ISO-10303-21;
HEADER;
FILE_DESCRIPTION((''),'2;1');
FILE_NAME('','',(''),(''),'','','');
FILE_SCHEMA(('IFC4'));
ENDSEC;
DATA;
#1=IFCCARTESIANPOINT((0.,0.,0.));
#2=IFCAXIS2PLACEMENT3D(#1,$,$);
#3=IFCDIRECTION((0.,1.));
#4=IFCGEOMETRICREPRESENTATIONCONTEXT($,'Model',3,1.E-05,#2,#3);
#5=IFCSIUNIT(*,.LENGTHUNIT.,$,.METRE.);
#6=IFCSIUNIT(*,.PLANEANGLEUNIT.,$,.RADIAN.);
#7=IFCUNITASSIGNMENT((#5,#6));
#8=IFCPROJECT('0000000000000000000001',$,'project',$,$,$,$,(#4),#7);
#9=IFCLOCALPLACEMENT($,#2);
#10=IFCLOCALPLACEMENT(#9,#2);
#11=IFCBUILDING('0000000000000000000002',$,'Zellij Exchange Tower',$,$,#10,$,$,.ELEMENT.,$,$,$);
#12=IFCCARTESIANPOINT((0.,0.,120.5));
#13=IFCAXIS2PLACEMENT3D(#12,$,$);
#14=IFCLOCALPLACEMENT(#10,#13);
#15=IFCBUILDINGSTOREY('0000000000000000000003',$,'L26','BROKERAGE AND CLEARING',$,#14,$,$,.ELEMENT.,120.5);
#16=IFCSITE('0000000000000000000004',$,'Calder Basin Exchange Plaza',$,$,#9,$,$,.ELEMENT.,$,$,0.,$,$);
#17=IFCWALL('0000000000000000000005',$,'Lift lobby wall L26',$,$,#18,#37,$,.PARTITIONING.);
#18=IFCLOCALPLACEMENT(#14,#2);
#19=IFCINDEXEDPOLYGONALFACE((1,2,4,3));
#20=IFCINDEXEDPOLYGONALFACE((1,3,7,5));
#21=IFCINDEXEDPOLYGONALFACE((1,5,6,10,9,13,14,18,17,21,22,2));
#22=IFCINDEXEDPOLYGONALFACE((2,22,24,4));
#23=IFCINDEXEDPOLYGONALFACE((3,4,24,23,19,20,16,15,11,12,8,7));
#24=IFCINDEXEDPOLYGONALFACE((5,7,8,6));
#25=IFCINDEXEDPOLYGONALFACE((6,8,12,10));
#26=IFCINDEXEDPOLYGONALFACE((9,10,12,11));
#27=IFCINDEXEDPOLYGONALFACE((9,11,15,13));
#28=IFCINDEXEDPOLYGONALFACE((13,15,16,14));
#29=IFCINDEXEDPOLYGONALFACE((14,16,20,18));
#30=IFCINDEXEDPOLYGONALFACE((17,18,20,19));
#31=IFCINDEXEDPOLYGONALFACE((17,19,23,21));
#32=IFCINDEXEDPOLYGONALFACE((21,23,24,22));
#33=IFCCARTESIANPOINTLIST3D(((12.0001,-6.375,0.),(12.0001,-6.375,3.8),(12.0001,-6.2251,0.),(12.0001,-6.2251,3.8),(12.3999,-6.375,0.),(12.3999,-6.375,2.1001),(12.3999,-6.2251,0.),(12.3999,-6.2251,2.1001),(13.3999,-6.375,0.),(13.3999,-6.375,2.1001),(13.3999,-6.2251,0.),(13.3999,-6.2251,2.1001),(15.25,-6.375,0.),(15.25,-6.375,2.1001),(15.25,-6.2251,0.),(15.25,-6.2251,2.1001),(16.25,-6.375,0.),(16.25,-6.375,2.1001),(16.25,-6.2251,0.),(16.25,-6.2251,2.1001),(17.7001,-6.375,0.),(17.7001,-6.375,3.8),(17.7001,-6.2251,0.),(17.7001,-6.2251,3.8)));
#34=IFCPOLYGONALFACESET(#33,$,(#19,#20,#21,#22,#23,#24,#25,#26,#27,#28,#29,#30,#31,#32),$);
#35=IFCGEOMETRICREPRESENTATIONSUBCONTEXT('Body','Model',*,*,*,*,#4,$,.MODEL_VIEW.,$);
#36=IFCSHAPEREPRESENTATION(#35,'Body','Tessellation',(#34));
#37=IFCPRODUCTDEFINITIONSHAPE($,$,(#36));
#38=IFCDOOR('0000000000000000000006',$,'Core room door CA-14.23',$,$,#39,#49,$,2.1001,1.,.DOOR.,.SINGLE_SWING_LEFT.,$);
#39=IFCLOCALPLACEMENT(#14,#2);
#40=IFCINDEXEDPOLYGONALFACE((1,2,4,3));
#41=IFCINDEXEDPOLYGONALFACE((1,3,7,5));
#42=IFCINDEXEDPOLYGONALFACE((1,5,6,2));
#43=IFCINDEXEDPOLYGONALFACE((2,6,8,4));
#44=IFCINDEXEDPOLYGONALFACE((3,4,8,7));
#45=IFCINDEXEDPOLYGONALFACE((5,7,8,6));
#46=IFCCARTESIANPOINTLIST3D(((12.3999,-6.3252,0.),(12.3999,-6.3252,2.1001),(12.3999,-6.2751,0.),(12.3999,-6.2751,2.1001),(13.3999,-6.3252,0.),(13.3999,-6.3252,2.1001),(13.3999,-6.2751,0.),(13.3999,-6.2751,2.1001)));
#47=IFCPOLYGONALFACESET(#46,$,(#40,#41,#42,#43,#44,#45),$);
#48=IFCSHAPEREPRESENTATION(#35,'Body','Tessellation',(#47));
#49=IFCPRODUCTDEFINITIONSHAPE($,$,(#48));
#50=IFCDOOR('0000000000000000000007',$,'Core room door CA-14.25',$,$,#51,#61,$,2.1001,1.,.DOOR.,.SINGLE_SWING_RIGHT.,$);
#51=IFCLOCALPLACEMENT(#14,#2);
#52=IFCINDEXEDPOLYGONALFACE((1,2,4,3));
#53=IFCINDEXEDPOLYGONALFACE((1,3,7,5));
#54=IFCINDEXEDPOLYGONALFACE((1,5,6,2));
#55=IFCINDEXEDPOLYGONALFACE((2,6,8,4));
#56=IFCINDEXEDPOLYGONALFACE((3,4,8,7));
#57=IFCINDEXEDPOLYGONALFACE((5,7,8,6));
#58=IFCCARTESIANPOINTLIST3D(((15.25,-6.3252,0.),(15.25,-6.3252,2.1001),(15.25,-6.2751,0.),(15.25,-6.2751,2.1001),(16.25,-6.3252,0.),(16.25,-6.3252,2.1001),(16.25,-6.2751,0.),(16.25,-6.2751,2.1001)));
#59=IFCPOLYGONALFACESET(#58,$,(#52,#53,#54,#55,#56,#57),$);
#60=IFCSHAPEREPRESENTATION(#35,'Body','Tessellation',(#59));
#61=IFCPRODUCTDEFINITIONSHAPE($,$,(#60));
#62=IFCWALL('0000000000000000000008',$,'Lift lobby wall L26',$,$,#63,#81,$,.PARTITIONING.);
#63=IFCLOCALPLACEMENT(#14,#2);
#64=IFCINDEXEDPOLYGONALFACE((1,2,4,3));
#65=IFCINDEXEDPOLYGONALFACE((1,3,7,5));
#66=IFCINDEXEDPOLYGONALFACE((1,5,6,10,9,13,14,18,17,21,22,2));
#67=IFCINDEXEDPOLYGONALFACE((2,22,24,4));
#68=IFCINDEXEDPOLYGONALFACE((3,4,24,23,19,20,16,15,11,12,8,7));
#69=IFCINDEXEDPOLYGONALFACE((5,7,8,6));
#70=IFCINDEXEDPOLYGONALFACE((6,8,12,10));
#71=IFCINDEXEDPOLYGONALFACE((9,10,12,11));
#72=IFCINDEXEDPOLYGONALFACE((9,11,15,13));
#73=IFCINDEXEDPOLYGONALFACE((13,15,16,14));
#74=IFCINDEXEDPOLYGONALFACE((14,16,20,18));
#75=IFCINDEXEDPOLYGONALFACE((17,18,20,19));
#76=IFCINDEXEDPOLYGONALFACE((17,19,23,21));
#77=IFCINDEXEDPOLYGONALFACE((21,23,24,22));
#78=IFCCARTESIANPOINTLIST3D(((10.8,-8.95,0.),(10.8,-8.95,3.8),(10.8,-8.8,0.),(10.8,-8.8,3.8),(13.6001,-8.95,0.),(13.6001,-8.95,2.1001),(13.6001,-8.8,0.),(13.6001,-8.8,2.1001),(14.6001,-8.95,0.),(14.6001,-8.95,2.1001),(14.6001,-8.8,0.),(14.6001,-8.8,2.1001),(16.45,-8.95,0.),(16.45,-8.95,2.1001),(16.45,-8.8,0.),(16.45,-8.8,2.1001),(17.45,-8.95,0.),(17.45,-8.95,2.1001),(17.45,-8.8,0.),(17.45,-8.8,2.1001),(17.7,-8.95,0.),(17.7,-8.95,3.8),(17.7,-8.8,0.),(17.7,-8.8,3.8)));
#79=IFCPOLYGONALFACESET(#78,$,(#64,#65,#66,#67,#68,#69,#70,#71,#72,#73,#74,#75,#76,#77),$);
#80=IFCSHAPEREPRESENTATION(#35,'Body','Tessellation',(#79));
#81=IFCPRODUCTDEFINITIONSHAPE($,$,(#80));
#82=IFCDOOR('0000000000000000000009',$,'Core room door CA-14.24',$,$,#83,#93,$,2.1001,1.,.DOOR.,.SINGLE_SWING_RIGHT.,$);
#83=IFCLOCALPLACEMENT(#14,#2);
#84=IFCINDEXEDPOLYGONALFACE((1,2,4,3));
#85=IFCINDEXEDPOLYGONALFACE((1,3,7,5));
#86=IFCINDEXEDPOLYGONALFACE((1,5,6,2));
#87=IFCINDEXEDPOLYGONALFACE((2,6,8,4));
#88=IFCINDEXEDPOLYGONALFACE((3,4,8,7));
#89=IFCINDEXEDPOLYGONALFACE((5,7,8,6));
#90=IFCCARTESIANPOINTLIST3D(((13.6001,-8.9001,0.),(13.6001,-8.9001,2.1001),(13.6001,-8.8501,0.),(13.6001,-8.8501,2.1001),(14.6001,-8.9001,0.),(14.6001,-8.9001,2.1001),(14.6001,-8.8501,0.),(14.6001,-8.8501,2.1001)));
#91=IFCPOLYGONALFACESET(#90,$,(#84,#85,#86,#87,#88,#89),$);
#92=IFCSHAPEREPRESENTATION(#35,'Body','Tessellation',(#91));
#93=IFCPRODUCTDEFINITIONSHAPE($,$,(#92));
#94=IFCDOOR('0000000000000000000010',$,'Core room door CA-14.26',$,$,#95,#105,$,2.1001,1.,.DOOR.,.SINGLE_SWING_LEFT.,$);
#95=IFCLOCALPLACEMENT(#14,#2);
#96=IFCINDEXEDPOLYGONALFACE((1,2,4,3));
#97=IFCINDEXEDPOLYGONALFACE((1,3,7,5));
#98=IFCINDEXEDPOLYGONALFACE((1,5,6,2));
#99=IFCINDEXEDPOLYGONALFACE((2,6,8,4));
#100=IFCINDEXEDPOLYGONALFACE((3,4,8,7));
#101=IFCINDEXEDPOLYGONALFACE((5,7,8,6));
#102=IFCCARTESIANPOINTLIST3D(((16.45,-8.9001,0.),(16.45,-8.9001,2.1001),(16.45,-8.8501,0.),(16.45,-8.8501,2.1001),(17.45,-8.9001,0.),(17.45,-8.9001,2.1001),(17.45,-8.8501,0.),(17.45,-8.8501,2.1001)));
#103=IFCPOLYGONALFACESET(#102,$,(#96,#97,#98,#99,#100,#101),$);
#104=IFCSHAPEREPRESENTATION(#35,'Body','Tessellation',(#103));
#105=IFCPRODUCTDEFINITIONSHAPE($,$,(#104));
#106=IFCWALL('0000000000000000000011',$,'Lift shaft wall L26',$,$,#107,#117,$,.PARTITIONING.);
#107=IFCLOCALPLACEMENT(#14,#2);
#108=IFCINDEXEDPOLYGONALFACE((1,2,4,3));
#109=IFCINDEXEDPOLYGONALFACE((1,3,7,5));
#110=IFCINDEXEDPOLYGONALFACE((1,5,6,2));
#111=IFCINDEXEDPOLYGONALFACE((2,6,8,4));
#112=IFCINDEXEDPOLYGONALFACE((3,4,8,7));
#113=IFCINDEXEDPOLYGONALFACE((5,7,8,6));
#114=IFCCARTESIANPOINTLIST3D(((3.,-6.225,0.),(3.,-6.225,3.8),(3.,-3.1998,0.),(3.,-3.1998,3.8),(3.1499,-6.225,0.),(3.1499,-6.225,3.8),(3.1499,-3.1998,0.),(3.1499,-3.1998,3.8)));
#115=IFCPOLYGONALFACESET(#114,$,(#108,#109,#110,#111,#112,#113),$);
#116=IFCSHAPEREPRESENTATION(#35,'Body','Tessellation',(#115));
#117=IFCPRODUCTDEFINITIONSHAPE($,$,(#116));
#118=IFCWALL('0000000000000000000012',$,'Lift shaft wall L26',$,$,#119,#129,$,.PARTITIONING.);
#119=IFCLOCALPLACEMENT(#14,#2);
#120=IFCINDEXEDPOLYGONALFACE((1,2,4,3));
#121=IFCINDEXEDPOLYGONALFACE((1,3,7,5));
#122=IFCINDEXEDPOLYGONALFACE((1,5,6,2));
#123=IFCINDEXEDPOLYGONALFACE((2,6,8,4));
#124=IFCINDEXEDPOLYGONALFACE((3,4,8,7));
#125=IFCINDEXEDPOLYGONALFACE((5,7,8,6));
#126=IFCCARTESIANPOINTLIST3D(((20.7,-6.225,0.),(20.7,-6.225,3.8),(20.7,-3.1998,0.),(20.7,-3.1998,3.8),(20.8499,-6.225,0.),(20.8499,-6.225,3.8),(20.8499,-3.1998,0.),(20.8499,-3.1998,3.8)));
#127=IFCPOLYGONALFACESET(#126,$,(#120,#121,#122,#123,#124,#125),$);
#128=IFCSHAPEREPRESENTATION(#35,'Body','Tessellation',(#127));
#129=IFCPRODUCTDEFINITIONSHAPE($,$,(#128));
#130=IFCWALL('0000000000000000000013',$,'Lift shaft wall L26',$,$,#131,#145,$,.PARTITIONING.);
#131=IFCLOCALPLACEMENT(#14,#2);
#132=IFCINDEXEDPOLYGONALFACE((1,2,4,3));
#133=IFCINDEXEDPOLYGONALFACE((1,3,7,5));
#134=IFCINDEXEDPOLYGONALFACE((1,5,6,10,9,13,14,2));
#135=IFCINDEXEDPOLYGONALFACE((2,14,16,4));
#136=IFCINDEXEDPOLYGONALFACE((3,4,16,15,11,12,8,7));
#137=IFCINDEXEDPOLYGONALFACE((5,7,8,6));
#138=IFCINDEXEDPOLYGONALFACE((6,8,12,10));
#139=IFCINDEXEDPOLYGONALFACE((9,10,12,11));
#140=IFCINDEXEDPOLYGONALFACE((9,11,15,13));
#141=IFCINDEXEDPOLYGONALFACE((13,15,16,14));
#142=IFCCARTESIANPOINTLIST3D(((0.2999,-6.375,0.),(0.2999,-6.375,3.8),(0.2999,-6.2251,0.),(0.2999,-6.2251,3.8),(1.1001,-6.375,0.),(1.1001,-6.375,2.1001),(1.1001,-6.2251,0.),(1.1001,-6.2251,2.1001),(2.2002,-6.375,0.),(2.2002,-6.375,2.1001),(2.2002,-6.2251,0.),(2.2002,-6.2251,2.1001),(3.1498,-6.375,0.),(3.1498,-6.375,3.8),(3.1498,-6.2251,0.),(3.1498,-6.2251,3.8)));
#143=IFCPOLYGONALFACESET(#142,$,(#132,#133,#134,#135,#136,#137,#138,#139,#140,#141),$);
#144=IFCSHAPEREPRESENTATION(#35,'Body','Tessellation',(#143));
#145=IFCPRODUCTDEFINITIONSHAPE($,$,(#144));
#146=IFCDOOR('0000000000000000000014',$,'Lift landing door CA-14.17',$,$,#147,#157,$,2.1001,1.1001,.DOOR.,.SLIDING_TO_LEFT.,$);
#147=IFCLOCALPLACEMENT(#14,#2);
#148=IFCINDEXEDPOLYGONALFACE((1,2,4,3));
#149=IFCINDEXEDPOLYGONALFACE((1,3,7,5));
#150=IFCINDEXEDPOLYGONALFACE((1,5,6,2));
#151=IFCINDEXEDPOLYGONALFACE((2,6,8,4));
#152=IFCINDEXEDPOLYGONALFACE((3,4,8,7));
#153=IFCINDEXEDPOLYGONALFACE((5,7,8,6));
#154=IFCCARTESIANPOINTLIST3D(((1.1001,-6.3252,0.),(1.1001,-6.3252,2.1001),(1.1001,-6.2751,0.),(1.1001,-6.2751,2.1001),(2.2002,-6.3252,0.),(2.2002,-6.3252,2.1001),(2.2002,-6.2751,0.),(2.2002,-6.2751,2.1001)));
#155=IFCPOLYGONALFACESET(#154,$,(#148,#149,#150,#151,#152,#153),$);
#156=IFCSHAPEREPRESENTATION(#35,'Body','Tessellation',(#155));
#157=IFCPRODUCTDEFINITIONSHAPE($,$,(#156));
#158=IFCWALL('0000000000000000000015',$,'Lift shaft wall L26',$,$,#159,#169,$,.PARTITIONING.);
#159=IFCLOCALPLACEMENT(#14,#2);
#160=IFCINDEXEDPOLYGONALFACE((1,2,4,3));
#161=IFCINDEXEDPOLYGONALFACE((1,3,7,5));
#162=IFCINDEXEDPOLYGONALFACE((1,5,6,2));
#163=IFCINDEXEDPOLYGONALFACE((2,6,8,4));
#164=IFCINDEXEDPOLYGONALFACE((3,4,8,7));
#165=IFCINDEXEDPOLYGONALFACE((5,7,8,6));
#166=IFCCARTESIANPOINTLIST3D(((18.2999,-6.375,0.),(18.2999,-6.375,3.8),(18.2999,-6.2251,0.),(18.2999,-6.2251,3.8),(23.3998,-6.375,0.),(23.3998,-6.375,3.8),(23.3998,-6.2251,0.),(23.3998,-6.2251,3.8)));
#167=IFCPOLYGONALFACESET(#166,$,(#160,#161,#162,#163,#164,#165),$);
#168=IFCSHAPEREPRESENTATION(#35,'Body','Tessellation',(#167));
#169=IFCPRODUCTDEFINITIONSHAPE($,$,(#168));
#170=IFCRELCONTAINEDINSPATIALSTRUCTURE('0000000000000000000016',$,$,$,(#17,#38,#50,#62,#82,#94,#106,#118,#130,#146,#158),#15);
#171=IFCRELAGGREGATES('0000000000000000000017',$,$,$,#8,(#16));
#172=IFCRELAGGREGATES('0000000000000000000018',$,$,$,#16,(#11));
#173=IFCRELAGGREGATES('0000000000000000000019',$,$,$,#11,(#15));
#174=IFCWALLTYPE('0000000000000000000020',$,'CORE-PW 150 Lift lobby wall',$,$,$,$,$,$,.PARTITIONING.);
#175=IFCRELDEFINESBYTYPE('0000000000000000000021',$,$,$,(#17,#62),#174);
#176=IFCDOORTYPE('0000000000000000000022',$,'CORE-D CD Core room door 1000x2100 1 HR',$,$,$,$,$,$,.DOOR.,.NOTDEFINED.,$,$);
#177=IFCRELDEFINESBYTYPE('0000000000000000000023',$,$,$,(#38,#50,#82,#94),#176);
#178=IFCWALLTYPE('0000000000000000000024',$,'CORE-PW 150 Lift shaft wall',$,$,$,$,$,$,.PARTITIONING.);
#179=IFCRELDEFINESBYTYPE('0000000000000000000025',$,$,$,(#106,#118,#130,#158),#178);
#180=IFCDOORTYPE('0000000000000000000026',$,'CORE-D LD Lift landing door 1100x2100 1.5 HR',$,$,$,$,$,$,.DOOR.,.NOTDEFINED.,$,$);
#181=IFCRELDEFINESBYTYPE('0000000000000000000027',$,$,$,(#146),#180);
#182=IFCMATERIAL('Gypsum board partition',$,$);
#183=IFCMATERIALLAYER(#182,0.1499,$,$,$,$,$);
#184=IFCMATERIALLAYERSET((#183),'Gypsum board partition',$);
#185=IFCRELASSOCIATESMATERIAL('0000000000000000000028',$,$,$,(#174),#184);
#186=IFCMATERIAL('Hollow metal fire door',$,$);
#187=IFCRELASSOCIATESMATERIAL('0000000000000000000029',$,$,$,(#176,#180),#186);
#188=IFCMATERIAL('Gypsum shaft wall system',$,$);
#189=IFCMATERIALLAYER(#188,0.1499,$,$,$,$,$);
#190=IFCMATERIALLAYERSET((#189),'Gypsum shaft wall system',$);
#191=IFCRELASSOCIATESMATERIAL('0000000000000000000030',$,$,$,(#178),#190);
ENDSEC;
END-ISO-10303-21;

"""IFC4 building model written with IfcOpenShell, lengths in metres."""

from ifc_helpers import new_model, si_unit, direction, frame, frame_2d, origin, place, context, subcontext, project, spatial, rectangle, extrude, material, layer, layer_set, type_object, element, fill, save


model = new_model("IFC4")

# Units and contexts
model_context = context("Model", 3, precision=1e-05, world=origin(), true_north=direction((0.0, 1.0)))
body_context = subcontext(model_context, "Body", "Model", "MODEL_VIEW")
ifc_project = project(units=[si_unit("LENGTHUNIT", "METRE"), si_unit("PLANEANGLEUNIT", "RADIAN")], contexts=[model_context])

# Site, building, storey
site_placement = place(None, origin())
site = spatial("IfcSite", under=ifc_project, at=site_placement, Name="Calder Basin Exchange Plaza", CompositionType="ELEMENT", RefElevation=0.0)
building_placement = place(site_placement, origin())
building = spatial("IfcBuilding", under=site, at=building_placement, Name="Zellij Exchange Tower", CompositionType="ELEMENT")
storey_placement = place(building_placement, frame((0.0, 0.0, 120.5)))
storey = spatial("IfcBuildingStorey", under=building, at=storey_placement, Name="L26", Description="BROKERAGE AND CLEARING", CompositionType="ELEMENT", Elevation=120.5)

# Shared definitions
ifc_material_1 = material(Name="Gypsum shaft wall system")
ifc_material_2 = material(Name="Hollow metal fire door")

# Shared definitions
ifc_material_3 = material(Name="Gypsum board partition")
ifc_layer_1 = layer(ifc_material_3, 0.1499)
ifc_layer_set_1 = layer_set([ifc_layer_1], Name="Gypsum board partition")
wall_type_1 = type_object("IfcWallType", Name="CORE-PW 150 Lift lobby wall", PredefinedType="PARTITIONING", material=ifc_layer_set_1)

# Walls, openings, doors
wall_1_placement = place(storey_placement, frame((12.0, -6.3, 0.0), z_axis=(0.0, 0.0, 1.0), x_axis=(1.0, 0.0, 0.0)))
wall_1 = element("IfcWall", 1, at=wall_1_placement, inside=storey, type_object=wall_type_1, Name="Lift lobby wall L26", PredefinedType="PARTITIONING", context=body_context, shape_type="SweptSolid", body=[
    extrude(rectangle(XDim=5.7, YDim=0.1499, at=frame_2d((2.8501, 0.0))), origin(), (0.0, 0.0, 1.0), 3.8),
])
opening_1_placement = place(wall_1_placement, frame((0.3999, 0.0, 0.0)))
opening_1 = element("IfcOpeningElement", 2, at=opening_1_placement, cuts=wall_1, PredefinedType="OPENING", context=body_context, shape_type="SweptSolid", body=[
    extrude(rectangle(XDim=1.0, YDim=2.1001, at=frame_2d((0.5, 1.05))), frame((0.0, 0.0869, 0.0), z_axis=(0.0, -1.0, 0.0), x_axis=(1.0, 0.0, 0.0)), (0.0, 0.0, 1.0), 0.1738),
])
opening_2_placement = place(wall_1_placement, frame((3.25, 0.0, 0.0)))
opening_2 = element("IfcOpeningElement", 3, at=opening_2_placement, cuts=wall_1, PredefinedType="OPENING", context=body_context, shape_type="SweptSolid", body=[
    extrude(rectangle(XDim=1.0, YDim=2.1001, at=frame_2d((0.5, 1.05))), frame((0.0, 0.0869, 0.0), z_axis=(0.0, -1.0, 0.0), x_axis=(1.0, 0.0, 0.0)), (0.0, 0.0, 1.0), 0.1738),
])
door_type_1 = type_object("IfcDoorType", Name="CORE-D CD Core room door 1000x2100 1 HR", OperationType="NOTDEFINED", PredefinedType="DOOR", material=ifc_material_2)
door_1_placement = place(opening_1_placement, origin())
door_1 = element("IfcDoor", 4, at=door_1_placement, inside=storey, type_object=door_type_1, Name="Core room door CA-14.23", OperationType="SINGLE_SWING_LEFT", OverallHeight=2.1001, OverallWidth=1.0, PredefinedType="DOOR", context=body_context, shape_type="SweptSolid", body=[
    extrude(rectangle(XDim=1.0, YDim=2.1001, at=frame_2d((0.5, 1.05))), frame((0.0, 0.0249, 0.0), z_axis=(0.0, -1.0, 0.0), x_axis=(1.0, 0.0, 0.0)), (0.0, 0.0, 1.0), 0.05),
])
fill(opening_1, door_1)
door_2_placement = place(opening_2_placement, origin())
door_2 = element("IfcDoor", 5, at=door_2_placement, inside=storey, type_object=door_type_1, Name="Core room door CA-14.25", OperationType="SINGLE_SWING_RIGHT", OverallHeight=2.1001, OverallWidth=1.0, PredefinedType="DOOR", context=body_context, shape_type="SweptSolid", body=[
    extrude(rectangle(XDim=1.0, YDim=2.1001, at=frame_2d((0.5, 1.05))), frame((0.0, 0.0249, 0.0), z_axis=(0.0, -1.0, 0.0), x_axis=(1.0, 0.0, 0.0)), (0.0, 0.0, 1.0), 0.05),
])
fill(opening_2, door_2)
wall_2_placement = place(storey_placement, frame((10.8, -8.875, 0.0), z_axis=(0.0, 0.0, 1.0), x_axis=(1.0, 0.0, 0.0)))
wall_2 = element("IfcWall", 6, at=wall_2_placement, inside=storey, type_object=wall_type_1, Name="Lift lobby wall L26", PredefinedType="PARTITIONING", context=body_context, shape_type="SweptSolid", body=[
    extrude(rectangle(XDim=6.8999, YDim=0.1499, at=frame_2d((3.45, 0.0))), origin(), (0.0, 0.0, 1.0), 3.8),
])
opening_3_placement = place(wall_2_placement, frame((2.8, 0.0, 0.0)))
opening_3 = element("IfcOpeningElement", 7, at=opening_3_placement, cuts=wall_2, PredefinedType="OPENING", context=body_context, shape_type="SweptSolid", body=[
    extrude(rectangle(XDim=1.0, YDim=2.1001, at=frame_2d((0.5, 1.05))), frame((0.0, 0.0869, 0.0), z_axis=(0.0, -1.0, 0.0), x_axis=(1.0, 0.0, 0.0)), (0.0, 0.0, 1.0), 0.1738),
])
opening_4_placement = place(wall_2_placement, frame((5.6499, 0.0, 0.0)))
opening_4 = element("IfcOpeningElement", 8, at=opening_4_placement, cuts=wall_2, PredefinedType="OPENING", context=body_context, shape_type="SweptSolid", body=[
    extrude(rectangle(XDim=1.0, YDim=2.1001, at=frame_2d((0.5, 1.05))), frame((0.0, 0.0869, 0.0), z_axis=(0.0, -1.0, 0.0), x_axis=(1.0, 0.0, 0.0)), (0.0, 0.0, 1.0), 0.1738),
])
door_3_placement = place(opening_3_placement, origin())
door_3 = element("IfcDoor", 9, at=door_3_placement, inside=storey, type_object=door_type_1, Name="Core room door CA-14.24", OperationType="SINGLE_SWING_RIGHT", OverallHeight=2.1001, OverallWidth=1.0, PredefinedType="DOOR", context=body_context, shape_type="SweptSolid", body=[
    extrude(rectangle(XDim=1.0, YDim=2.1001, at=frame_2d((0.5, 1.05))), frame((0.0, 0.0249, 0.0), z_axis=(0.0, -1.0, 0.0), x_axis=(1.0, 0.0, 0.0)), (0.0, 0.0, 1.0), 0.05),
])
fill(opening_3, door_3)
door_4_placement = place(opening_4_placement, origin())
door_4 = element("IfcDoor", 10, at=door_4_placement, inside=storey, type_object=door_type_1, Name="Core room door CA-14.26", OperationType="SINGLE_SWING_LEFT", OverallHeight=2.1001, OverallWidth=1.0, PredefinedType="DOOR", context=body_context, shape_type="SweptSolid", body=[
    extrude(rectangle(XDim=1.0, YDim=2.1001, at=frame_2d((0.5, 1.05))), frame((0.0, 0.0249, 0.0), z_axis=(0.0, -1.0, 0.0), x_axis=(1.0, 0.0, 0.0)), (0.0, 0.0, 1.0), 0.05),
])
fill(opening_4, door_4)

# Walls
ifc_layer_2 = layer(ifc_material_1, 0.1499)
ifc_layer_set_2 = layer_set([ifc_layer_2], Name="Gypsum shaft wall system")
wall_type_2 = type_object("IfcWallType", Name="CORE-PW 150 Lift shaft wall", PredefinedType="PARTITIONING", material=ifc_layer_set_2)
for number, where, z_axis, x_axis, name in (
    (11, (3.075, -6.2251, 0.0), (0.0, 0.0, 1.0), (0.0, 1.0, 0.0), "Lift shaft wall L26"),
    (12, (20.7749, -6.2251, 0.0), (0.0, 0.0, 1.0), (0.0, 1.0, 0.0), "Lift shaft wall L26"),
):
    element("IfcWall", number, at=place(storey_placement, frame(where, z_axis=z_axis, x_axis=x_axis)), inside=storey, type_object=wall_type_2, Name=name, PredefinedType="PARTITIONING", context=body_context, shape_type="SweptSolid", body=[
        extrude(rectangle(XDim=3.0251, YDim=0.1499, at=frame_2d((1.5127, 0.0))), origin(), (0.0, 0.0, 1.0), 3.8),
    ])

# Wall, opening, door
wall_3_placement = place(storey_placement, frame((0.3, -6.3, 0.0), z_axis=(0.0, 0.0, 1.0), x_axis=(1.0, 0.0, 0.0)))
wall_3 = element("IfcWall", 13, at=wall_3_placement, inside=storey, type_object=wall_type_2, Name="Lift shaft wall L26", PredefinedType="PARTITIONING", context=body_context, shape_type="SweptSolid", body=[
    extrude(rectangle(XDim=2.8499, YDim=0.1499, at=frame_2d((1.4248, 0.0))), origin(), (0.0, 0.0, 1.0), 3.8),
])
opening_5_placement = place(wall_3_placement, frame((0.8, 0.0, 0.0)))
opening_5 = element("IfcOpeningElement", 14, at=opening_5_placement, cuts=wall_3, PredefinedType="OPENING", context=body_context, shape_type="SweptSolid", body=[
    extrude(rectangle(XDim=1.1001, YDim=2.1001, at=frame_2d((0.55, 1.05))), frame((0.0, 0.0869, 0.0), z_axis=(0.0, -1.0, 0.0), x_axis=(1.0, 0.0, 0.0)), (0.0, 0.0, 1.0), 0.1738),
])
door_type_2 = type_object("IfcDoorType", Name="CORE-D LD Lift landing door 1100x2100 1.5 HR", OperationType="NOTDEFINED", PredefinedType="DOOR", material=ifc_material_2)
door_5_placement = place(opening_5_placement, origin())
door_5 = element("IfcDoor", 15, at=door_5_placement, inside=storey, type_object=door_type_2, Name="Lift landing door CA-14.17", OperationType="SLIDING_TO_LEFT", OverallHeight=2.1001, OverallWidth=1.1001, PredefinedType="DOOR", context=body_context, shape_type="SweptSolid", body=[
    extrude(rectangle(XDim=1.1001, YDim=2.1001, at=frame_2d((0.55, 1.05))), frame((0.0, 0.0249, 0.0), z_axis=(0.0, -1.0, 0.0), x_axis=(1.0, 0.0, 0.0)), (0.0, 0.0, 1.0), 0.05),
])
fill(opening_5, door_5)

# Wall
wall_4_placement = place(storey_placement, frame((18.3, -6.3, 0.0), z_axis=(0.0, 0.0, 1.0), x_axis=(1.0, 0.0, 0.0)))
element("IfcWall", 16, at=wall_4_placement, inside=storey, type_object=wall_type_2, Name="Lift shaft wall L26", PredefinedType="PARTITIONING", context=body_context, shape_type="SweptSolid", body=[
    extrude(rectangle(XDim=5.0999, YDim=0.1499, at=frame_2d((2.5498, 0.0))), origin(), (0.0, 0.0, 1.0), 3.8),
])

save(model, "model.ifc")
